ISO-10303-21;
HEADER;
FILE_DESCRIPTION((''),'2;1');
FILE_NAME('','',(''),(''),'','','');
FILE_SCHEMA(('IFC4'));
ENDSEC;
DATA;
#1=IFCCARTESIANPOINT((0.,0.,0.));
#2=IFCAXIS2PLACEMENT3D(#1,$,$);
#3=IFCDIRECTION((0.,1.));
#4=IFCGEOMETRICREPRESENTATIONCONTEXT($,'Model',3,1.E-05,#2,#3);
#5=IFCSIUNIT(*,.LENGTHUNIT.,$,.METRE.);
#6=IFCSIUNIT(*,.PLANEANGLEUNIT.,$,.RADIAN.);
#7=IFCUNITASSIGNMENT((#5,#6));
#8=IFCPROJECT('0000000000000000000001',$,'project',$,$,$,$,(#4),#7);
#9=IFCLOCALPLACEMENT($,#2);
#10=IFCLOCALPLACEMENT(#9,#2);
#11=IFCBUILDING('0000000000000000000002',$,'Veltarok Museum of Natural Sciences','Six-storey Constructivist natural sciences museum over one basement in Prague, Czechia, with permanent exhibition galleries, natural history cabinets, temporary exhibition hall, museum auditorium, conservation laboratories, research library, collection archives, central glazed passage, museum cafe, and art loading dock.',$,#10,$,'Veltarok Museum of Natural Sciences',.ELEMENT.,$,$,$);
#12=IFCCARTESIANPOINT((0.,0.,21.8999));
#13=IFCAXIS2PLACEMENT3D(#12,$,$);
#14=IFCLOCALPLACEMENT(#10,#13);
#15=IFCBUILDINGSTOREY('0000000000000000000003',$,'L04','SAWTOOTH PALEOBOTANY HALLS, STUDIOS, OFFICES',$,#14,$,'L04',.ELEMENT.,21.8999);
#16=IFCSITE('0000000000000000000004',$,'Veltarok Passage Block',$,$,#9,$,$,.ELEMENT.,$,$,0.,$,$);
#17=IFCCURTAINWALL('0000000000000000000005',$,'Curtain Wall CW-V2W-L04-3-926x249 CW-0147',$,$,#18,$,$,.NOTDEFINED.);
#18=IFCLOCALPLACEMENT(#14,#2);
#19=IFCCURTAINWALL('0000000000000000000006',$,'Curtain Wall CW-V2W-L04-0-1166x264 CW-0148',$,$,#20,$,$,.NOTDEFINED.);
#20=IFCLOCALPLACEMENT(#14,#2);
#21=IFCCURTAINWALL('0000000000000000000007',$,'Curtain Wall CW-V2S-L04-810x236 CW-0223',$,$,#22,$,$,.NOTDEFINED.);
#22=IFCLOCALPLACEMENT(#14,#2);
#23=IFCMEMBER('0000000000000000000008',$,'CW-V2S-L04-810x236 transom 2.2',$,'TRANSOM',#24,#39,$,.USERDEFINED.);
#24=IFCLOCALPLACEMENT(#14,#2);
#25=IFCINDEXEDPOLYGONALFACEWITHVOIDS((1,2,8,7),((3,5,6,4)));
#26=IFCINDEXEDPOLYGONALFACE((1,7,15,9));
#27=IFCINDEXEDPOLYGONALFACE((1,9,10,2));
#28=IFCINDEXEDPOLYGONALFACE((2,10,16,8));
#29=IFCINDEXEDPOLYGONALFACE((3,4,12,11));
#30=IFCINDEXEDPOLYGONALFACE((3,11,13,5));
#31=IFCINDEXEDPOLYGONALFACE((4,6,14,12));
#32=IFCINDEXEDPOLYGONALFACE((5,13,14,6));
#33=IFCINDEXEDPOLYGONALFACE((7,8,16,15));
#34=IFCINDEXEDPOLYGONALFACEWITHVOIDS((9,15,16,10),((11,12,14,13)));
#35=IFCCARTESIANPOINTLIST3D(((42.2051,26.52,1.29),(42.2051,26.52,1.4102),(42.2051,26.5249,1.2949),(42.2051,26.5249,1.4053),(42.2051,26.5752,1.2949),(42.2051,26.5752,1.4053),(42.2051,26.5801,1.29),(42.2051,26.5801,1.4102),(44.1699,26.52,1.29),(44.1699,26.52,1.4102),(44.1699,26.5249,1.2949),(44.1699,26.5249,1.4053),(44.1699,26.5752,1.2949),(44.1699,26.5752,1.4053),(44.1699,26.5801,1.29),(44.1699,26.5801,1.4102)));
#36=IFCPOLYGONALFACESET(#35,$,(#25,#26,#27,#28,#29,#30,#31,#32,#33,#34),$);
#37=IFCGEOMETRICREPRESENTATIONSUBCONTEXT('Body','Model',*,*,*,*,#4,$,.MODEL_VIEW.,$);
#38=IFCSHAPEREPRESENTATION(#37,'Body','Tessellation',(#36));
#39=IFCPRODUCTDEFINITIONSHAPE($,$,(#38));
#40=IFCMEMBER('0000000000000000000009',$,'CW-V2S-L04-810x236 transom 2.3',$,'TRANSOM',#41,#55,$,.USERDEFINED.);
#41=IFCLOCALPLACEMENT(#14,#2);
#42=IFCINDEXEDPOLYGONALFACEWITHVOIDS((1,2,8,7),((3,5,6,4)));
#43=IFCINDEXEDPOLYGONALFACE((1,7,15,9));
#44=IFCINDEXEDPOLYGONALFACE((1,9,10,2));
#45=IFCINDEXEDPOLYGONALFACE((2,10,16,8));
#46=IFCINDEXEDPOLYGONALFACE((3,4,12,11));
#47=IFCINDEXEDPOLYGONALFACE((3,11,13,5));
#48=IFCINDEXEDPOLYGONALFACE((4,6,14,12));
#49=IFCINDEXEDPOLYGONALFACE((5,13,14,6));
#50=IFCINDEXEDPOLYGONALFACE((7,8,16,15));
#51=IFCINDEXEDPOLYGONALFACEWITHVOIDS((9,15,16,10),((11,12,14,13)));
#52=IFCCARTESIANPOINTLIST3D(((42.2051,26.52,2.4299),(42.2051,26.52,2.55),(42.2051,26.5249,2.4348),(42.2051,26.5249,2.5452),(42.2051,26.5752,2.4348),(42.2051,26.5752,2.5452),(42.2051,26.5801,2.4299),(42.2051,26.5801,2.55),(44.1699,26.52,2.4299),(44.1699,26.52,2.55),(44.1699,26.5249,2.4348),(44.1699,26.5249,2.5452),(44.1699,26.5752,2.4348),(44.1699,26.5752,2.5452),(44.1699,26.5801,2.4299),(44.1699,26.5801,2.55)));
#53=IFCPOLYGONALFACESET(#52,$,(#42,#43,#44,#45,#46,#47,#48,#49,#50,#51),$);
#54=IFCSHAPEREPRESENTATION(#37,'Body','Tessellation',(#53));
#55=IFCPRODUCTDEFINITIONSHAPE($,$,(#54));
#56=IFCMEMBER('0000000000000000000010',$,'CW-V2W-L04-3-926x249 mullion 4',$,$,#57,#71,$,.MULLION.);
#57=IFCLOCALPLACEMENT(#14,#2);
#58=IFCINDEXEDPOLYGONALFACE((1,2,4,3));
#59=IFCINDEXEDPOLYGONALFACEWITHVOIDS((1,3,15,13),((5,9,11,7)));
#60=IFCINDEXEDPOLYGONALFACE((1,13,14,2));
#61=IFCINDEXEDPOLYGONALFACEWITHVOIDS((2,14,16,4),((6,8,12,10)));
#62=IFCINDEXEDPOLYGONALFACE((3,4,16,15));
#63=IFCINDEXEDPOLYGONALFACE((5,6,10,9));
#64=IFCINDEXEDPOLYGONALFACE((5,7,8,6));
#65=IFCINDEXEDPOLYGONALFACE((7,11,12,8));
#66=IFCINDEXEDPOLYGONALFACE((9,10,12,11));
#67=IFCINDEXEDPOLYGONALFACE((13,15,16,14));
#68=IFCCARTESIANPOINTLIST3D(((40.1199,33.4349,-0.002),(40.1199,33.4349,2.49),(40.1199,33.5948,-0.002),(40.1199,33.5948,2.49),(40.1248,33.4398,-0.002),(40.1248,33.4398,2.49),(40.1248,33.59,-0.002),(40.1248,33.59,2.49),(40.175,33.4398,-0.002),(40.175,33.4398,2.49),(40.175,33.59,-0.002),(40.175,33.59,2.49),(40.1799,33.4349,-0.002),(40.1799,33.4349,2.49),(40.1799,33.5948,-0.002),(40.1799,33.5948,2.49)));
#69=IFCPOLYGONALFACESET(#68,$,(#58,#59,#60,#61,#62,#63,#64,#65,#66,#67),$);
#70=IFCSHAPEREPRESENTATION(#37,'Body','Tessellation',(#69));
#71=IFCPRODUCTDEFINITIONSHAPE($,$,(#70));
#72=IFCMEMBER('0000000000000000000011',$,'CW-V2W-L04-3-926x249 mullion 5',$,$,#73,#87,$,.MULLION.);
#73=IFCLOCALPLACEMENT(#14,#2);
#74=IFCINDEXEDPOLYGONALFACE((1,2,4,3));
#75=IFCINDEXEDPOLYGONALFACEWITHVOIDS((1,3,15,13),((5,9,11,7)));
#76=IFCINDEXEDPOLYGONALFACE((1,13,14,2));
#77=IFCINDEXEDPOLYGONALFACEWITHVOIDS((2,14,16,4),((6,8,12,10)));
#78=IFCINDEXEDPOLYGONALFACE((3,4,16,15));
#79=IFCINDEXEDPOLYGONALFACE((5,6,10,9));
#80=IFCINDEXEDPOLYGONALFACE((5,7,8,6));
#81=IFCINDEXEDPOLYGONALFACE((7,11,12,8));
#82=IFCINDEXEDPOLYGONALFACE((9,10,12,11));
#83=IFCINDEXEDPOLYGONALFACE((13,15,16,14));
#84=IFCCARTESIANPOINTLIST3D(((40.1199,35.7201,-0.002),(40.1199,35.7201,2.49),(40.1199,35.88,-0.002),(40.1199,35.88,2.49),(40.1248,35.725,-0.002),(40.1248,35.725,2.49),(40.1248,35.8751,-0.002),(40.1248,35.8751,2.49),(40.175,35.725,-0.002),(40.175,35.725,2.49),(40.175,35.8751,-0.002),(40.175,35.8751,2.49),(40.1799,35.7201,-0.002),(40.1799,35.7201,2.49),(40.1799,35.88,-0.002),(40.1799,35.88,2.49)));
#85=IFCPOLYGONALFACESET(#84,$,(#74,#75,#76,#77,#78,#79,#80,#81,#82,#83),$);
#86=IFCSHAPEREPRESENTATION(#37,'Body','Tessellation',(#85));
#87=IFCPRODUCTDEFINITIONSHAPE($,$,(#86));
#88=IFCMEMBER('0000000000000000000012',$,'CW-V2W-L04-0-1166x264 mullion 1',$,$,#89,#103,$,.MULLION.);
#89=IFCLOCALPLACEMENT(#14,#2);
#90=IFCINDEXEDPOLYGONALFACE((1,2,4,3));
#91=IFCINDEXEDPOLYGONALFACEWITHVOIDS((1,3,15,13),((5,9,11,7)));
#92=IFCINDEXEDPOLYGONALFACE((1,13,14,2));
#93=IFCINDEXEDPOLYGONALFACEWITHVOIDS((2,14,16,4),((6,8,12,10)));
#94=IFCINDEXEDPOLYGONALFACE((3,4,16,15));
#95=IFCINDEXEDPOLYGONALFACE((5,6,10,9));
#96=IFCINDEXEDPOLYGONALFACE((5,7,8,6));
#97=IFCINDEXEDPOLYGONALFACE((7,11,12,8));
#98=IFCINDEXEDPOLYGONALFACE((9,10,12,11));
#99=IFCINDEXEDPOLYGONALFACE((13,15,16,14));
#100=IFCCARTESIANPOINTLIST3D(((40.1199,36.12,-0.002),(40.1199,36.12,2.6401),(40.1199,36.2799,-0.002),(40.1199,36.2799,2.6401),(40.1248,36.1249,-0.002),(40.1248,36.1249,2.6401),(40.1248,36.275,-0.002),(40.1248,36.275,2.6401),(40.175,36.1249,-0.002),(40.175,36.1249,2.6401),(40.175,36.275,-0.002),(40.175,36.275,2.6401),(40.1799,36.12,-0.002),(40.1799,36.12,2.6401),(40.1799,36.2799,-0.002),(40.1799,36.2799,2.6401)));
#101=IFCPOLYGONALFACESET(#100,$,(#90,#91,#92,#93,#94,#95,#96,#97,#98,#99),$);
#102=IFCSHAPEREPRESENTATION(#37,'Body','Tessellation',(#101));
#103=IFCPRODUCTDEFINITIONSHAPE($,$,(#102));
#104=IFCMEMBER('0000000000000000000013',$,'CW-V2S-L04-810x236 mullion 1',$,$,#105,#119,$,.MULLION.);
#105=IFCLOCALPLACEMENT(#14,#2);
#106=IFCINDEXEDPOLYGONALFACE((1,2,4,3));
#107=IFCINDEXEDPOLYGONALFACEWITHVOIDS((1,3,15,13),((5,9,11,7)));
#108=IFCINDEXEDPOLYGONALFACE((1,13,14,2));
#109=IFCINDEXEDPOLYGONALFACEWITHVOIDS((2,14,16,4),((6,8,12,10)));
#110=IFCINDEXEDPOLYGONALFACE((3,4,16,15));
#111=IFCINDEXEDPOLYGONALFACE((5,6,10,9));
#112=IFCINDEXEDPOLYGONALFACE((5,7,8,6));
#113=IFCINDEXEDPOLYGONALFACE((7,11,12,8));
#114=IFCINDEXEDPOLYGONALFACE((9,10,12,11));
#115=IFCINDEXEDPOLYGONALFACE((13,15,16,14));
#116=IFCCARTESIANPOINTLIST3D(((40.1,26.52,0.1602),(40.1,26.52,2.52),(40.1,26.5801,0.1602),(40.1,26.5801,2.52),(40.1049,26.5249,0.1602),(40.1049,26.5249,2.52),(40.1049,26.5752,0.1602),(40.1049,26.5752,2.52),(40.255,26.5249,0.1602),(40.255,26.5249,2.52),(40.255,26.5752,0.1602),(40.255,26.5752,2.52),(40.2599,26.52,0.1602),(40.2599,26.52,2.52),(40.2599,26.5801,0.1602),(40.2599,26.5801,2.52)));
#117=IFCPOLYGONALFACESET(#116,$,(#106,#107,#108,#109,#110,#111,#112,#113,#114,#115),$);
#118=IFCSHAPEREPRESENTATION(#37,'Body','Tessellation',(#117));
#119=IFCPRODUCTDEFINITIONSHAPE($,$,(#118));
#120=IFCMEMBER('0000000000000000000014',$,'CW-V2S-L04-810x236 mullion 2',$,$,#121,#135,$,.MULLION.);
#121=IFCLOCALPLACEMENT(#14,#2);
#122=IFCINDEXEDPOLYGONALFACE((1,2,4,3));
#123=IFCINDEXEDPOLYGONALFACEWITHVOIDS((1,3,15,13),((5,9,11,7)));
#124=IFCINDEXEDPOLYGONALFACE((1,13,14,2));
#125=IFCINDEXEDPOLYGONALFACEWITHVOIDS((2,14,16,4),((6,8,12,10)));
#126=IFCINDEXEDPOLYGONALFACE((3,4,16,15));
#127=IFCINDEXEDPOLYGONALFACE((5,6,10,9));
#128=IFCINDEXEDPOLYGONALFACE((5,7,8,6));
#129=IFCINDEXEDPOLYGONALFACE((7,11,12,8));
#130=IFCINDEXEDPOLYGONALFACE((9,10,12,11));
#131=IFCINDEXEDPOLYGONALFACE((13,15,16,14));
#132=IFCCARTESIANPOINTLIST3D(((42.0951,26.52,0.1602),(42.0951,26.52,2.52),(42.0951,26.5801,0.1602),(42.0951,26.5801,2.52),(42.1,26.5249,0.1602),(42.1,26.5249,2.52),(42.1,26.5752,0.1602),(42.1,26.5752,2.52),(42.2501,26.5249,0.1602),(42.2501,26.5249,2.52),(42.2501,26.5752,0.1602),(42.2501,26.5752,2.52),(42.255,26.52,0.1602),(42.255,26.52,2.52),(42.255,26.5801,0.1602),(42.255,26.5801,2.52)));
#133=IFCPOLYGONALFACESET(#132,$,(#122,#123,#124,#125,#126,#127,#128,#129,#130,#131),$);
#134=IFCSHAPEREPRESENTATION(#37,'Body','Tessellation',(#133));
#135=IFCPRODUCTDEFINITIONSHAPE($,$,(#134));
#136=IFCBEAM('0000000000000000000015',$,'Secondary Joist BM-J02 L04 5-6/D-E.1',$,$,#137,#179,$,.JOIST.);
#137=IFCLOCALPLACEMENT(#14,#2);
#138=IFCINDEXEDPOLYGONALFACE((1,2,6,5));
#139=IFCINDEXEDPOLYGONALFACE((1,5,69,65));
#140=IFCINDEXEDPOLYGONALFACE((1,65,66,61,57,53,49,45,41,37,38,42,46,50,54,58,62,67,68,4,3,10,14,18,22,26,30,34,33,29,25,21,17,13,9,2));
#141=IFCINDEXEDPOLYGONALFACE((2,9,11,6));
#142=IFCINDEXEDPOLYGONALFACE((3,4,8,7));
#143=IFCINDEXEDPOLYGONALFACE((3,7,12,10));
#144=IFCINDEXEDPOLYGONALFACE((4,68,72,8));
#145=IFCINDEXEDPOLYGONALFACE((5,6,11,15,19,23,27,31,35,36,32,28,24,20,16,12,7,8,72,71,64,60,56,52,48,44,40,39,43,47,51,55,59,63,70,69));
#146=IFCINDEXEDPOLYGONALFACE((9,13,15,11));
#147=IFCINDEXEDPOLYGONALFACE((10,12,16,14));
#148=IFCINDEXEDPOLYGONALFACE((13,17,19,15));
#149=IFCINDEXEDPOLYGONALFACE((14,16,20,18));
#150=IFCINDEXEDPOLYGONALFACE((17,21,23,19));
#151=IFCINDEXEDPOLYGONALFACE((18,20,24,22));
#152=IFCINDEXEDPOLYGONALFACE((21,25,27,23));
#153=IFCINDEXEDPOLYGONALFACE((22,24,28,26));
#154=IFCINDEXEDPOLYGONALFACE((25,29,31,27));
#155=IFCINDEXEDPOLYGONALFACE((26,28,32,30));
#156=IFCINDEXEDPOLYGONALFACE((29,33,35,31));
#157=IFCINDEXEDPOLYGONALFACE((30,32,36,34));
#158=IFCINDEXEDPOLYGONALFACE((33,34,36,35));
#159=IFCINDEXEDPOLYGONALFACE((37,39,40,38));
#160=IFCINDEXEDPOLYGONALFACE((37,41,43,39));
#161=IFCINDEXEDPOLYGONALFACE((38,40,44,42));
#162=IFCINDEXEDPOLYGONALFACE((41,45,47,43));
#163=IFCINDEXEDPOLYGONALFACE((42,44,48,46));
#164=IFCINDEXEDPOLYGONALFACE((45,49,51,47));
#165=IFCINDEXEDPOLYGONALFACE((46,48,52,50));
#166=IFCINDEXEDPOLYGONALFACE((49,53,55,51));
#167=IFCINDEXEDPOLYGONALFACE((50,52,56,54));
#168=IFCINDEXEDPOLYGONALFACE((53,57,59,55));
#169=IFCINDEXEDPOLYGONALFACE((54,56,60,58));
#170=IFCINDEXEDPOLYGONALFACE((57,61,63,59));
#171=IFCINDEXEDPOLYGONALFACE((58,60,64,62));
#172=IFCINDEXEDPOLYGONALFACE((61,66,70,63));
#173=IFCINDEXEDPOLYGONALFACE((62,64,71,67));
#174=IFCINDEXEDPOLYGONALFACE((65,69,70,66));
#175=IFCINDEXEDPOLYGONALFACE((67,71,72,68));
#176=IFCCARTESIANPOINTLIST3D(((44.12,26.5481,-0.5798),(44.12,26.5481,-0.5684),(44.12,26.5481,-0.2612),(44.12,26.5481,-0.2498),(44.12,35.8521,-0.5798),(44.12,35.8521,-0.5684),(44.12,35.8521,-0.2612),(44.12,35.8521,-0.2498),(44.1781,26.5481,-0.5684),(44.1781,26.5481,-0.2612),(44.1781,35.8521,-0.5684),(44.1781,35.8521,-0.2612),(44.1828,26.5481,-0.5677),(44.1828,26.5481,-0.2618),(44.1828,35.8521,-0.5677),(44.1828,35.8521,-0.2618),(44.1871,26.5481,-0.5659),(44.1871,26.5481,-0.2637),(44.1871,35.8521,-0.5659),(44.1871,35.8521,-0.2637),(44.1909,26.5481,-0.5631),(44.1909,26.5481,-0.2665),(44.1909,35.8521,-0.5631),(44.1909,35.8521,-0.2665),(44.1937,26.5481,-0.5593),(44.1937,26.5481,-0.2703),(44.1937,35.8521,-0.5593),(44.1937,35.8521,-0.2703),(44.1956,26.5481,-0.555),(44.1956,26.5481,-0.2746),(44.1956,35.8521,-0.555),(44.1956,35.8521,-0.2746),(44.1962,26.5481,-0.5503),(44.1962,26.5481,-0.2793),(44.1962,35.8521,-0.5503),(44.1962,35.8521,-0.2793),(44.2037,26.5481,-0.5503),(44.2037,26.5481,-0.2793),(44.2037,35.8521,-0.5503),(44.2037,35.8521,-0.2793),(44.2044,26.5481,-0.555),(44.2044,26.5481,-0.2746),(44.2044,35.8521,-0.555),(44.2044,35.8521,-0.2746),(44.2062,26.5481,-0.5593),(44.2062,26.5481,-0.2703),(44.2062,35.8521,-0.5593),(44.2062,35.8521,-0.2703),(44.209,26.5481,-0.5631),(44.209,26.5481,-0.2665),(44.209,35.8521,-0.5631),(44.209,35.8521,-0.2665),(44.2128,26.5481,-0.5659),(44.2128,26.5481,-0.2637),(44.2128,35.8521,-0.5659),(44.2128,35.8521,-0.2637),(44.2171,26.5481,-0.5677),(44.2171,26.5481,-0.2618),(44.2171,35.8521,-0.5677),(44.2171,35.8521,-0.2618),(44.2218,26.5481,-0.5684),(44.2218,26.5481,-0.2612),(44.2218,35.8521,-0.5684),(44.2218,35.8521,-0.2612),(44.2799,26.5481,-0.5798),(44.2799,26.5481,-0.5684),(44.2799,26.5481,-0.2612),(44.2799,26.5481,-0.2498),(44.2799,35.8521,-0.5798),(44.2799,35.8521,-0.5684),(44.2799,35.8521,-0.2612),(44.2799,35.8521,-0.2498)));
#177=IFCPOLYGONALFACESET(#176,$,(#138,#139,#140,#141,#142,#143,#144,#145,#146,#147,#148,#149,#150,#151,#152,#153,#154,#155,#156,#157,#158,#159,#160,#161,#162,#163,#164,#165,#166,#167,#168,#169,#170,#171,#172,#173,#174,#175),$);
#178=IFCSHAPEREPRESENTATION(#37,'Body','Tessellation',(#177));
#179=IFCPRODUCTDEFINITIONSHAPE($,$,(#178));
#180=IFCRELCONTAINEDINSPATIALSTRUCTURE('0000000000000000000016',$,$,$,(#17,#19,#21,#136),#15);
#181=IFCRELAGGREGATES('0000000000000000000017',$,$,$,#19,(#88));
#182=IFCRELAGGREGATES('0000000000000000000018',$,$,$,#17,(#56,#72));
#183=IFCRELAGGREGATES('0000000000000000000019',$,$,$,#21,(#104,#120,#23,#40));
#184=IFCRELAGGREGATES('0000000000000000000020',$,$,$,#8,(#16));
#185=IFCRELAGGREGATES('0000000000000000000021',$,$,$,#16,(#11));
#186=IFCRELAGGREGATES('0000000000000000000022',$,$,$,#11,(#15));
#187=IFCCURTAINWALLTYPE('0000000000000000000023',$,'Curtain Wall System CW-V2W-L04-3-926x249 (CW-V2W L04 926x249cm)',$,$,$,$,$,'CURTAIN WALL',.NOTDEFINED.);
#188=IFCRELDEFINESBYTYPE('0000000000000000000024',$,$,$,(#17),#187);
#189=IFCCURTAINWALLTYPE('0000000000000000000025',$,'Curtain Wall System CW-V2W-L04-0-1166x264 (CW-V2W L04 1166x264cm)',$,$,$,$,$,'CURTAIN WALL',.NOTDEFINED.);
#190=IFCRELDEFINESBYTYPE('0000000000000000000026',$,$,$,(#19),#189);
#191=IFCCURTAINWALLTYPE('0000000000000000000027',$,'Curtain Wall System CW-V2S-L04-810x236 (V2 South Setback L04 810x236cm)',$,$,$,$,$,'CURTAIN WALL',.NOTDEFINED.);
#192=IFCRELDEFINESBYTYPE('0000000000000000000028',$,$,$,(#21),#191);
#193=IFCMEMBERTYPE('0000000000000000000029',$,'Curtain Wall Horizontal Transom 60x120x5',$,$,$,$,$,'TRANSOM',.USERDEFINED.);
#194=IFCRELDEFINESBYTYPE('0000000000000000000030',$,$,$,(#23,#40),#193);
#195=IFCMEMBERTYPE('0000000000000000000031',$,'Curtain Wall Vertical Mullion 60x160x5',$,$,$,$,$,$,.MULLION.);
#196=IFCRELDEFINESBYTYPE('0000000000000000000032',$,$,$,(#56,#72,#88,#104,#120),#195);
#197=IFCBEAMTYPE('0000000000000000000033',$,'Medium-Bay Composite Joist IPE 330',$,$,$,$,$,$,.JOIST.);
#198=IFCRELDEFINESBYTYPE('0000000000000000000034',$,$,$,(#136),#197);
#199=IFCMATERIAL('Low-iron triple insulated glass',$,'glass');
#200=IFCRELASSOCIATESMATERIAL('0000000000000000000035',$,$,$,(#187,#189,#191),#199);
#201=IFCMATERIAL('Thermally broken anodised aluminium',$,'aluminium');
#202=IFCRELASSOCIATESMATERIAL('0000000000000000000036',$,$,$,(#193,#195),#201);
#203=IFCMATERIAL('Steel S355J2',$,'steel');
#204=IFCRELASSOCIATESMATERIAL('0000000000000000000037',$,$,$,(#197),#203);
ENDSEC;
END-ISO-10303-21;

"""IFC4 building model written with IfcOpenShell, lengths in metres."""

from ifc_helpers import new_model, si_unit, direction, frame, origin, origin_2d, place, context, subcontext, project, spatial, hollow_rectangle, i_section, extrude, material, material_profile, profile_set, type_object, element, aggregate, save


model = new_model("IFC4")

# Units and contexts
model_context = context("Model", 3, precision=1e-05, world=origin(), true_north=direction((0.0, 1.0)))
body_context = subcontext(model_context, "Body", "Model", "MODEL_VIEW")
ifc_project = project(units=[si_unit("LENGTHUNIT", "METRE"), si_unit("PLANEANGLEUNIT", "RADIAN")], contexts=[model_context])

# Site, building, storey
site_placement = place(None, origin())
site = spatial("IfcSite", under=ifc_project, at=site_placement, Name="Veltarok Passage Block", CompositionType="ELEMENT", RefElevation=0.0)
building_placement = place(site_placement, origin())
building = spatial("IfcBuilding", under=site, at=building_placement, Name="Veltarok Museum of Natural Sciences", Description="Six-storey Constructivist natural sciences museum over one basement in Prague, Czechia, with permanent exhibition galleries, natural history cabinets, temporary exhibition hall, museum auditorium, conservation laboratories, research library, collection archives, central glazed passage, museum cafe, and art loading dock.", LongName="Veltarok Museum of Natural Sciences", CompositionType="ELEMENT")
storey_placement = place(building_placement, frame((0.0, 0.0, 21.8999)))
storey = spatial("IfcBuildingStorey", under=building, at=storey_placement, Name="L04", Description="SAWTOOTH PALEOBOTANY HALLS, STUDIOS, OFFICES", LongName="L04", CompositionType="ELEMENT", Elevation=21.8999)

# Curtain wall
ifc_material_1 = material(Name="Low-iron triple insulated glass", Category="glass")
curtain_wall_type_1 = type_object("IfcCurtainWallType", Name="Curtain Wall System CW-V2W-L04-3-926x249 (CW-V2W L04 926x249cm)", ElementType="CURTAIN WALL", PredefinedType="NOTDEFINED", material=ifc_material_1)
curtain_wall_1_placement = place(storey_placement, origin())
curtain_wall_1 = element("IfcCurtainWall", 1, at=curtain_wall_1_placement, inside=storey, type_object=curtain_wall_type_1, Name="Curtain Wall CW-V2W-L04-3-926x249 CW-0147", PredefinedType="NOTDEFINED")
ifc_material_2 = material(Name="Thermally broken anodised aluminium", Category="aluminium")
ifc_material_profile_1 = material_profile(ifc_material_2, hollow_rectangle(XDim=0.0601, YDim=0.1201, WallThickness=0.0049, at=origin_2d()), Name="CW TRANSOM 60x120x5")
ifc_profile_set_1 = profile_set([ifc_material_profile_1], Name="Thermally broken anodised aluminium")
member_type_1 = type_object("IfcMemberType", Name="Curtain Wall Horizontal Transom 60x120x5", ElementType="TRANSOM", PredefinedType="USERDEFINED", material=ifc_profile_set_1)

# Curtain wall
curtain_wall_type_2 = type_object("IfcCurtainWallType", Name="Curtain Wall System CW-V2W-L04-0-1166x264 (CW-V2W L04 1166x264cm)", ElementType="CURTAIN WALL", PredefinedType="NOTDEFINED", material=ifc_material_1)
curtain_wall_2_placement = place(storey_placement, origin())
curtain_wall_2 = element("IfcCurtainWall", 2, at=curtain_wall_2_placement, inside=storey, type_object=curtain_wall_type_2, Name="Curtain Wall CW-V2W-L04-0-1166x264 CW-0148", PredefinedType="NOTDEFINED")

# Curtain wall, members
curtain_wall_type_3 = type_object("IfcCurtainWallType", Name="Curtain Wall System CW-V2S-L04-810x236 (V2 South Setback L04 810x236cm)", ElementType="CURTAIN WALL", PredefinedType="NOTDEFINED", material=ifc_material_1)
curtain_wall_3_placement = place(storey_placement, origin())
curtain_wall_3 = element("IfcCurtainWall", 3, at=curtain_wall_3_placement, inside=storey, type_object=curtain_wall_type_3, Name="Curtain Wall CW-V2S-L04-810x236 CW-0223", PredefinedType="NOTDEFINED")
member_1_placement = place(storey_placement, frame((42.2051, 26.55, 1.3501), z_axis=(1.0, 0.0, 0.0), x_axis=(0.0, 1.0, 0.0)))
member_1 = element("IfcMember", 4, at=member_1_placement, type_object=member_type_1, Name="CW-V2S-L04-810x236 transom 2.2", ObjectType="TRANSOM", PredefinedType="USERDEFINED", context=body_context, shape_type="SweptSolid", body=[
    extrude(hollow_rectangle(XDim=0.0601, YDim=0.1201, WallThickness=0.0049, at=origin_2d()), origin(), (0.0, 0.0, 1.0), 1.9648),
])
member_2_placement = place(storey_placement, frame((42.2051, 26.55, 2.49), z_axis=(1.0, 0.0, 0.0), x_axis=(0.0, 1.0, 0.0)))
member_2 = element("IfcMember", 5, at=member_2_placement, type_object=member_type_1, Name="CW-V2S-L04-810x236 transom 2.3", ObjectType="TRANSOM", PredefinedType="USERDEFINED", context=body_context, shape_type="SweptSolid", body=[
    extrude(hollow_rectangle(XDim=0.0601, YDim=0.1201, WallThickness=0.0049, at=origin_2d()), origin(), (0.0, 0.0, 1.0), 1.9648),
])

# Members
ifc_material_profile_2 = material_profile(ifc_material_2, hollow_rectangle(XDim=0.0601, YDim=0.1599, WallThickness=0.0049, at=origin_2d()), Name="CW MULLION 60x160x5")
ifc_profile_set_2 = profile_set([ifc_material_profile_2], Name="Thermally broken anodised aluminium")
member_type_2 = type_object("IfcMemberType", Name="Curtain Wall Vertical Mullion 60x160x5", PredefinedType="MULLION", material=ifc_profile_set_2)
member_3_placement = place(storey_placement, frame((40.1499, 33.5149, -0.002), z_axis=(0.0, 0.0, 1.0), x_axis=(-1.0, 0.0, 0.0)))
member_3 = element("IfcMember", 6, at=member_3_placement, type_object=member_type_2, Name="CW-V2W-L04-3-926x249 mullion 4", PredefinedType="MULLION", context=body_context, shape_type="SweptSolid", body=[
    extrude(hollow_rectangle(XDim=0.0601, YDim=0.1599, WallThickness=0.0049, at=origin_2d()), origin(), (0.0, 0.0, 1.0), 2.4919),
])
member_4_placement = place(storey_placement, frame((40.1499, 35.8, -0.002), z_axis=(0.0, 0.0, 1.0), x_axis=(-1.0, 0.0, 0.0)))
member_4 = element("IfcMember", 7, at=member_4_placement, type_object=member_type_2, Name="CW-V2W-L04-3-926x249 mullion 5", PredefinedType="MULLION", context=body_context, shape_type="SweptSolid", body=[
    extrude(hollow_rectangle(XDim=0.0601, YDim=0.1599, WallThickness=0.0049, at=origin_2d()), origin(), (0.0, 0.0, 1.0), 2.4919),
])
member_5_placement = place(storey_placement, frame((40.1499, 36.2, -0.002), z_axis=(0.0, 0.0, 1.0), x_axis=(-1.0, 0.0, 0.0)))
member_5 = element("IfcMember", 8, at=member_5_placement, type_object=member_type_2, Name="CW-V2W-L04-0-1166x264 mullion 1", PredefinedType="MULLION", context=body_context, shape_type="SweptSolid", body=[
    extrude(hollow_rectangle(XDim=0.0601, YDim=0.1599, WallThickness=0.0049, at=origin_2d()), origin(), (0.0, 0.0, 1.0), 2.6421),
])
aggregate(curtain_wall_2, [member_5])
member_6_placement = place(storey_placement, frame((40.1799, 26.55, 0.1602), z_axis=(0.0, 0.0, 1.0), x_axis=(0.0, 1.0, 0.0)))
member_6 = element("IfcMember", 9, at=member_6_placement, type_object=member_type_2, Name="CW-V2S-L04-810x236 mullion 1", PredefinedType="MULLION", context=body_context, shape_type="SweptSolid", body=[
    extrude(hollow_rectangle(XDim=0.0601, YDim=0.1599, WallThickness=0.0049, at=origin_2d()), origin(), (0.0, 0.0, 1.0), 2.3599),
])
member_7_placement = place(storey_placement, frame((42.175, 26.55, 0.1602), z_axis=(0.0, 0.0, 1.0), x_axis=(0.0, 1.0, 0.0)))
member_7 = element("IfcMember", 10, at=member_7_placement, type_object=member_type_2, Name="CW-V2S-L04-810x236 mullion 2", PredefinedType="MULLION", context=body_context, shape_type="SweptSolid", body=[
    extrude(hollow_rectangle(XDim=0.0601, YDim=0.1599, WallThickness=0.0049, at=origin_2d()), origin(), (0.0, 0.0, 1.0), 2.3599),
])

# Beam
ifc_material_3 = material(Name="Steel S355J2", Category="steel")
ifc_material_profile_3 = material_profile(ifc_material_3, i_section(OverallWidth=0.1599, OverallDepth=0.3301, WebThickness=0.0076, FlangeThickness=0.0115, FilletRadius=0.0181, at=origin_2d()), Name="IPE 330")
ifc_profile_set_3 = profile_set([ifc_material_profile_3], Name="Steel S355J2")
beam_type_1 = type_object("IfcBeamType", Name="Medium-Bay Composite Joist IPE 330", PredefinedType="JOIST", material=ifc_profile_set_3)
beam_1_placement = place(storey_placement, frame((44.2, 26.5481, -0.4148), z_axis=(0.0, 1.0, 0.0), x_axis=(-1.0, 0.0, 0.0)))
element("IfcBeam", 11, at=beam_1_placement, inside=storey, type_object=beam_type_1, Name="Secondary Joist BM-J02 L04 5-6/D-E.1", PredefinedType="JOIST", context=body_context, shape_type="SweptSolid", body=[
    extrude(i_section(OverallWidth=0.1599, OverallDepth=0.3301, WebThickness=0.0076, FlangeThickness=0.0115, FilletRadius=0.0181, at=origin_2d()), origin(), (0.0, 0.0, 1.0), 9.304),
])

aggregate(curtain_wall_1, [member_3, member_4])
aggregate(curtain_wall_3, [member_6, member_7, member_1, member_2])

save(model, "model.ifc")
